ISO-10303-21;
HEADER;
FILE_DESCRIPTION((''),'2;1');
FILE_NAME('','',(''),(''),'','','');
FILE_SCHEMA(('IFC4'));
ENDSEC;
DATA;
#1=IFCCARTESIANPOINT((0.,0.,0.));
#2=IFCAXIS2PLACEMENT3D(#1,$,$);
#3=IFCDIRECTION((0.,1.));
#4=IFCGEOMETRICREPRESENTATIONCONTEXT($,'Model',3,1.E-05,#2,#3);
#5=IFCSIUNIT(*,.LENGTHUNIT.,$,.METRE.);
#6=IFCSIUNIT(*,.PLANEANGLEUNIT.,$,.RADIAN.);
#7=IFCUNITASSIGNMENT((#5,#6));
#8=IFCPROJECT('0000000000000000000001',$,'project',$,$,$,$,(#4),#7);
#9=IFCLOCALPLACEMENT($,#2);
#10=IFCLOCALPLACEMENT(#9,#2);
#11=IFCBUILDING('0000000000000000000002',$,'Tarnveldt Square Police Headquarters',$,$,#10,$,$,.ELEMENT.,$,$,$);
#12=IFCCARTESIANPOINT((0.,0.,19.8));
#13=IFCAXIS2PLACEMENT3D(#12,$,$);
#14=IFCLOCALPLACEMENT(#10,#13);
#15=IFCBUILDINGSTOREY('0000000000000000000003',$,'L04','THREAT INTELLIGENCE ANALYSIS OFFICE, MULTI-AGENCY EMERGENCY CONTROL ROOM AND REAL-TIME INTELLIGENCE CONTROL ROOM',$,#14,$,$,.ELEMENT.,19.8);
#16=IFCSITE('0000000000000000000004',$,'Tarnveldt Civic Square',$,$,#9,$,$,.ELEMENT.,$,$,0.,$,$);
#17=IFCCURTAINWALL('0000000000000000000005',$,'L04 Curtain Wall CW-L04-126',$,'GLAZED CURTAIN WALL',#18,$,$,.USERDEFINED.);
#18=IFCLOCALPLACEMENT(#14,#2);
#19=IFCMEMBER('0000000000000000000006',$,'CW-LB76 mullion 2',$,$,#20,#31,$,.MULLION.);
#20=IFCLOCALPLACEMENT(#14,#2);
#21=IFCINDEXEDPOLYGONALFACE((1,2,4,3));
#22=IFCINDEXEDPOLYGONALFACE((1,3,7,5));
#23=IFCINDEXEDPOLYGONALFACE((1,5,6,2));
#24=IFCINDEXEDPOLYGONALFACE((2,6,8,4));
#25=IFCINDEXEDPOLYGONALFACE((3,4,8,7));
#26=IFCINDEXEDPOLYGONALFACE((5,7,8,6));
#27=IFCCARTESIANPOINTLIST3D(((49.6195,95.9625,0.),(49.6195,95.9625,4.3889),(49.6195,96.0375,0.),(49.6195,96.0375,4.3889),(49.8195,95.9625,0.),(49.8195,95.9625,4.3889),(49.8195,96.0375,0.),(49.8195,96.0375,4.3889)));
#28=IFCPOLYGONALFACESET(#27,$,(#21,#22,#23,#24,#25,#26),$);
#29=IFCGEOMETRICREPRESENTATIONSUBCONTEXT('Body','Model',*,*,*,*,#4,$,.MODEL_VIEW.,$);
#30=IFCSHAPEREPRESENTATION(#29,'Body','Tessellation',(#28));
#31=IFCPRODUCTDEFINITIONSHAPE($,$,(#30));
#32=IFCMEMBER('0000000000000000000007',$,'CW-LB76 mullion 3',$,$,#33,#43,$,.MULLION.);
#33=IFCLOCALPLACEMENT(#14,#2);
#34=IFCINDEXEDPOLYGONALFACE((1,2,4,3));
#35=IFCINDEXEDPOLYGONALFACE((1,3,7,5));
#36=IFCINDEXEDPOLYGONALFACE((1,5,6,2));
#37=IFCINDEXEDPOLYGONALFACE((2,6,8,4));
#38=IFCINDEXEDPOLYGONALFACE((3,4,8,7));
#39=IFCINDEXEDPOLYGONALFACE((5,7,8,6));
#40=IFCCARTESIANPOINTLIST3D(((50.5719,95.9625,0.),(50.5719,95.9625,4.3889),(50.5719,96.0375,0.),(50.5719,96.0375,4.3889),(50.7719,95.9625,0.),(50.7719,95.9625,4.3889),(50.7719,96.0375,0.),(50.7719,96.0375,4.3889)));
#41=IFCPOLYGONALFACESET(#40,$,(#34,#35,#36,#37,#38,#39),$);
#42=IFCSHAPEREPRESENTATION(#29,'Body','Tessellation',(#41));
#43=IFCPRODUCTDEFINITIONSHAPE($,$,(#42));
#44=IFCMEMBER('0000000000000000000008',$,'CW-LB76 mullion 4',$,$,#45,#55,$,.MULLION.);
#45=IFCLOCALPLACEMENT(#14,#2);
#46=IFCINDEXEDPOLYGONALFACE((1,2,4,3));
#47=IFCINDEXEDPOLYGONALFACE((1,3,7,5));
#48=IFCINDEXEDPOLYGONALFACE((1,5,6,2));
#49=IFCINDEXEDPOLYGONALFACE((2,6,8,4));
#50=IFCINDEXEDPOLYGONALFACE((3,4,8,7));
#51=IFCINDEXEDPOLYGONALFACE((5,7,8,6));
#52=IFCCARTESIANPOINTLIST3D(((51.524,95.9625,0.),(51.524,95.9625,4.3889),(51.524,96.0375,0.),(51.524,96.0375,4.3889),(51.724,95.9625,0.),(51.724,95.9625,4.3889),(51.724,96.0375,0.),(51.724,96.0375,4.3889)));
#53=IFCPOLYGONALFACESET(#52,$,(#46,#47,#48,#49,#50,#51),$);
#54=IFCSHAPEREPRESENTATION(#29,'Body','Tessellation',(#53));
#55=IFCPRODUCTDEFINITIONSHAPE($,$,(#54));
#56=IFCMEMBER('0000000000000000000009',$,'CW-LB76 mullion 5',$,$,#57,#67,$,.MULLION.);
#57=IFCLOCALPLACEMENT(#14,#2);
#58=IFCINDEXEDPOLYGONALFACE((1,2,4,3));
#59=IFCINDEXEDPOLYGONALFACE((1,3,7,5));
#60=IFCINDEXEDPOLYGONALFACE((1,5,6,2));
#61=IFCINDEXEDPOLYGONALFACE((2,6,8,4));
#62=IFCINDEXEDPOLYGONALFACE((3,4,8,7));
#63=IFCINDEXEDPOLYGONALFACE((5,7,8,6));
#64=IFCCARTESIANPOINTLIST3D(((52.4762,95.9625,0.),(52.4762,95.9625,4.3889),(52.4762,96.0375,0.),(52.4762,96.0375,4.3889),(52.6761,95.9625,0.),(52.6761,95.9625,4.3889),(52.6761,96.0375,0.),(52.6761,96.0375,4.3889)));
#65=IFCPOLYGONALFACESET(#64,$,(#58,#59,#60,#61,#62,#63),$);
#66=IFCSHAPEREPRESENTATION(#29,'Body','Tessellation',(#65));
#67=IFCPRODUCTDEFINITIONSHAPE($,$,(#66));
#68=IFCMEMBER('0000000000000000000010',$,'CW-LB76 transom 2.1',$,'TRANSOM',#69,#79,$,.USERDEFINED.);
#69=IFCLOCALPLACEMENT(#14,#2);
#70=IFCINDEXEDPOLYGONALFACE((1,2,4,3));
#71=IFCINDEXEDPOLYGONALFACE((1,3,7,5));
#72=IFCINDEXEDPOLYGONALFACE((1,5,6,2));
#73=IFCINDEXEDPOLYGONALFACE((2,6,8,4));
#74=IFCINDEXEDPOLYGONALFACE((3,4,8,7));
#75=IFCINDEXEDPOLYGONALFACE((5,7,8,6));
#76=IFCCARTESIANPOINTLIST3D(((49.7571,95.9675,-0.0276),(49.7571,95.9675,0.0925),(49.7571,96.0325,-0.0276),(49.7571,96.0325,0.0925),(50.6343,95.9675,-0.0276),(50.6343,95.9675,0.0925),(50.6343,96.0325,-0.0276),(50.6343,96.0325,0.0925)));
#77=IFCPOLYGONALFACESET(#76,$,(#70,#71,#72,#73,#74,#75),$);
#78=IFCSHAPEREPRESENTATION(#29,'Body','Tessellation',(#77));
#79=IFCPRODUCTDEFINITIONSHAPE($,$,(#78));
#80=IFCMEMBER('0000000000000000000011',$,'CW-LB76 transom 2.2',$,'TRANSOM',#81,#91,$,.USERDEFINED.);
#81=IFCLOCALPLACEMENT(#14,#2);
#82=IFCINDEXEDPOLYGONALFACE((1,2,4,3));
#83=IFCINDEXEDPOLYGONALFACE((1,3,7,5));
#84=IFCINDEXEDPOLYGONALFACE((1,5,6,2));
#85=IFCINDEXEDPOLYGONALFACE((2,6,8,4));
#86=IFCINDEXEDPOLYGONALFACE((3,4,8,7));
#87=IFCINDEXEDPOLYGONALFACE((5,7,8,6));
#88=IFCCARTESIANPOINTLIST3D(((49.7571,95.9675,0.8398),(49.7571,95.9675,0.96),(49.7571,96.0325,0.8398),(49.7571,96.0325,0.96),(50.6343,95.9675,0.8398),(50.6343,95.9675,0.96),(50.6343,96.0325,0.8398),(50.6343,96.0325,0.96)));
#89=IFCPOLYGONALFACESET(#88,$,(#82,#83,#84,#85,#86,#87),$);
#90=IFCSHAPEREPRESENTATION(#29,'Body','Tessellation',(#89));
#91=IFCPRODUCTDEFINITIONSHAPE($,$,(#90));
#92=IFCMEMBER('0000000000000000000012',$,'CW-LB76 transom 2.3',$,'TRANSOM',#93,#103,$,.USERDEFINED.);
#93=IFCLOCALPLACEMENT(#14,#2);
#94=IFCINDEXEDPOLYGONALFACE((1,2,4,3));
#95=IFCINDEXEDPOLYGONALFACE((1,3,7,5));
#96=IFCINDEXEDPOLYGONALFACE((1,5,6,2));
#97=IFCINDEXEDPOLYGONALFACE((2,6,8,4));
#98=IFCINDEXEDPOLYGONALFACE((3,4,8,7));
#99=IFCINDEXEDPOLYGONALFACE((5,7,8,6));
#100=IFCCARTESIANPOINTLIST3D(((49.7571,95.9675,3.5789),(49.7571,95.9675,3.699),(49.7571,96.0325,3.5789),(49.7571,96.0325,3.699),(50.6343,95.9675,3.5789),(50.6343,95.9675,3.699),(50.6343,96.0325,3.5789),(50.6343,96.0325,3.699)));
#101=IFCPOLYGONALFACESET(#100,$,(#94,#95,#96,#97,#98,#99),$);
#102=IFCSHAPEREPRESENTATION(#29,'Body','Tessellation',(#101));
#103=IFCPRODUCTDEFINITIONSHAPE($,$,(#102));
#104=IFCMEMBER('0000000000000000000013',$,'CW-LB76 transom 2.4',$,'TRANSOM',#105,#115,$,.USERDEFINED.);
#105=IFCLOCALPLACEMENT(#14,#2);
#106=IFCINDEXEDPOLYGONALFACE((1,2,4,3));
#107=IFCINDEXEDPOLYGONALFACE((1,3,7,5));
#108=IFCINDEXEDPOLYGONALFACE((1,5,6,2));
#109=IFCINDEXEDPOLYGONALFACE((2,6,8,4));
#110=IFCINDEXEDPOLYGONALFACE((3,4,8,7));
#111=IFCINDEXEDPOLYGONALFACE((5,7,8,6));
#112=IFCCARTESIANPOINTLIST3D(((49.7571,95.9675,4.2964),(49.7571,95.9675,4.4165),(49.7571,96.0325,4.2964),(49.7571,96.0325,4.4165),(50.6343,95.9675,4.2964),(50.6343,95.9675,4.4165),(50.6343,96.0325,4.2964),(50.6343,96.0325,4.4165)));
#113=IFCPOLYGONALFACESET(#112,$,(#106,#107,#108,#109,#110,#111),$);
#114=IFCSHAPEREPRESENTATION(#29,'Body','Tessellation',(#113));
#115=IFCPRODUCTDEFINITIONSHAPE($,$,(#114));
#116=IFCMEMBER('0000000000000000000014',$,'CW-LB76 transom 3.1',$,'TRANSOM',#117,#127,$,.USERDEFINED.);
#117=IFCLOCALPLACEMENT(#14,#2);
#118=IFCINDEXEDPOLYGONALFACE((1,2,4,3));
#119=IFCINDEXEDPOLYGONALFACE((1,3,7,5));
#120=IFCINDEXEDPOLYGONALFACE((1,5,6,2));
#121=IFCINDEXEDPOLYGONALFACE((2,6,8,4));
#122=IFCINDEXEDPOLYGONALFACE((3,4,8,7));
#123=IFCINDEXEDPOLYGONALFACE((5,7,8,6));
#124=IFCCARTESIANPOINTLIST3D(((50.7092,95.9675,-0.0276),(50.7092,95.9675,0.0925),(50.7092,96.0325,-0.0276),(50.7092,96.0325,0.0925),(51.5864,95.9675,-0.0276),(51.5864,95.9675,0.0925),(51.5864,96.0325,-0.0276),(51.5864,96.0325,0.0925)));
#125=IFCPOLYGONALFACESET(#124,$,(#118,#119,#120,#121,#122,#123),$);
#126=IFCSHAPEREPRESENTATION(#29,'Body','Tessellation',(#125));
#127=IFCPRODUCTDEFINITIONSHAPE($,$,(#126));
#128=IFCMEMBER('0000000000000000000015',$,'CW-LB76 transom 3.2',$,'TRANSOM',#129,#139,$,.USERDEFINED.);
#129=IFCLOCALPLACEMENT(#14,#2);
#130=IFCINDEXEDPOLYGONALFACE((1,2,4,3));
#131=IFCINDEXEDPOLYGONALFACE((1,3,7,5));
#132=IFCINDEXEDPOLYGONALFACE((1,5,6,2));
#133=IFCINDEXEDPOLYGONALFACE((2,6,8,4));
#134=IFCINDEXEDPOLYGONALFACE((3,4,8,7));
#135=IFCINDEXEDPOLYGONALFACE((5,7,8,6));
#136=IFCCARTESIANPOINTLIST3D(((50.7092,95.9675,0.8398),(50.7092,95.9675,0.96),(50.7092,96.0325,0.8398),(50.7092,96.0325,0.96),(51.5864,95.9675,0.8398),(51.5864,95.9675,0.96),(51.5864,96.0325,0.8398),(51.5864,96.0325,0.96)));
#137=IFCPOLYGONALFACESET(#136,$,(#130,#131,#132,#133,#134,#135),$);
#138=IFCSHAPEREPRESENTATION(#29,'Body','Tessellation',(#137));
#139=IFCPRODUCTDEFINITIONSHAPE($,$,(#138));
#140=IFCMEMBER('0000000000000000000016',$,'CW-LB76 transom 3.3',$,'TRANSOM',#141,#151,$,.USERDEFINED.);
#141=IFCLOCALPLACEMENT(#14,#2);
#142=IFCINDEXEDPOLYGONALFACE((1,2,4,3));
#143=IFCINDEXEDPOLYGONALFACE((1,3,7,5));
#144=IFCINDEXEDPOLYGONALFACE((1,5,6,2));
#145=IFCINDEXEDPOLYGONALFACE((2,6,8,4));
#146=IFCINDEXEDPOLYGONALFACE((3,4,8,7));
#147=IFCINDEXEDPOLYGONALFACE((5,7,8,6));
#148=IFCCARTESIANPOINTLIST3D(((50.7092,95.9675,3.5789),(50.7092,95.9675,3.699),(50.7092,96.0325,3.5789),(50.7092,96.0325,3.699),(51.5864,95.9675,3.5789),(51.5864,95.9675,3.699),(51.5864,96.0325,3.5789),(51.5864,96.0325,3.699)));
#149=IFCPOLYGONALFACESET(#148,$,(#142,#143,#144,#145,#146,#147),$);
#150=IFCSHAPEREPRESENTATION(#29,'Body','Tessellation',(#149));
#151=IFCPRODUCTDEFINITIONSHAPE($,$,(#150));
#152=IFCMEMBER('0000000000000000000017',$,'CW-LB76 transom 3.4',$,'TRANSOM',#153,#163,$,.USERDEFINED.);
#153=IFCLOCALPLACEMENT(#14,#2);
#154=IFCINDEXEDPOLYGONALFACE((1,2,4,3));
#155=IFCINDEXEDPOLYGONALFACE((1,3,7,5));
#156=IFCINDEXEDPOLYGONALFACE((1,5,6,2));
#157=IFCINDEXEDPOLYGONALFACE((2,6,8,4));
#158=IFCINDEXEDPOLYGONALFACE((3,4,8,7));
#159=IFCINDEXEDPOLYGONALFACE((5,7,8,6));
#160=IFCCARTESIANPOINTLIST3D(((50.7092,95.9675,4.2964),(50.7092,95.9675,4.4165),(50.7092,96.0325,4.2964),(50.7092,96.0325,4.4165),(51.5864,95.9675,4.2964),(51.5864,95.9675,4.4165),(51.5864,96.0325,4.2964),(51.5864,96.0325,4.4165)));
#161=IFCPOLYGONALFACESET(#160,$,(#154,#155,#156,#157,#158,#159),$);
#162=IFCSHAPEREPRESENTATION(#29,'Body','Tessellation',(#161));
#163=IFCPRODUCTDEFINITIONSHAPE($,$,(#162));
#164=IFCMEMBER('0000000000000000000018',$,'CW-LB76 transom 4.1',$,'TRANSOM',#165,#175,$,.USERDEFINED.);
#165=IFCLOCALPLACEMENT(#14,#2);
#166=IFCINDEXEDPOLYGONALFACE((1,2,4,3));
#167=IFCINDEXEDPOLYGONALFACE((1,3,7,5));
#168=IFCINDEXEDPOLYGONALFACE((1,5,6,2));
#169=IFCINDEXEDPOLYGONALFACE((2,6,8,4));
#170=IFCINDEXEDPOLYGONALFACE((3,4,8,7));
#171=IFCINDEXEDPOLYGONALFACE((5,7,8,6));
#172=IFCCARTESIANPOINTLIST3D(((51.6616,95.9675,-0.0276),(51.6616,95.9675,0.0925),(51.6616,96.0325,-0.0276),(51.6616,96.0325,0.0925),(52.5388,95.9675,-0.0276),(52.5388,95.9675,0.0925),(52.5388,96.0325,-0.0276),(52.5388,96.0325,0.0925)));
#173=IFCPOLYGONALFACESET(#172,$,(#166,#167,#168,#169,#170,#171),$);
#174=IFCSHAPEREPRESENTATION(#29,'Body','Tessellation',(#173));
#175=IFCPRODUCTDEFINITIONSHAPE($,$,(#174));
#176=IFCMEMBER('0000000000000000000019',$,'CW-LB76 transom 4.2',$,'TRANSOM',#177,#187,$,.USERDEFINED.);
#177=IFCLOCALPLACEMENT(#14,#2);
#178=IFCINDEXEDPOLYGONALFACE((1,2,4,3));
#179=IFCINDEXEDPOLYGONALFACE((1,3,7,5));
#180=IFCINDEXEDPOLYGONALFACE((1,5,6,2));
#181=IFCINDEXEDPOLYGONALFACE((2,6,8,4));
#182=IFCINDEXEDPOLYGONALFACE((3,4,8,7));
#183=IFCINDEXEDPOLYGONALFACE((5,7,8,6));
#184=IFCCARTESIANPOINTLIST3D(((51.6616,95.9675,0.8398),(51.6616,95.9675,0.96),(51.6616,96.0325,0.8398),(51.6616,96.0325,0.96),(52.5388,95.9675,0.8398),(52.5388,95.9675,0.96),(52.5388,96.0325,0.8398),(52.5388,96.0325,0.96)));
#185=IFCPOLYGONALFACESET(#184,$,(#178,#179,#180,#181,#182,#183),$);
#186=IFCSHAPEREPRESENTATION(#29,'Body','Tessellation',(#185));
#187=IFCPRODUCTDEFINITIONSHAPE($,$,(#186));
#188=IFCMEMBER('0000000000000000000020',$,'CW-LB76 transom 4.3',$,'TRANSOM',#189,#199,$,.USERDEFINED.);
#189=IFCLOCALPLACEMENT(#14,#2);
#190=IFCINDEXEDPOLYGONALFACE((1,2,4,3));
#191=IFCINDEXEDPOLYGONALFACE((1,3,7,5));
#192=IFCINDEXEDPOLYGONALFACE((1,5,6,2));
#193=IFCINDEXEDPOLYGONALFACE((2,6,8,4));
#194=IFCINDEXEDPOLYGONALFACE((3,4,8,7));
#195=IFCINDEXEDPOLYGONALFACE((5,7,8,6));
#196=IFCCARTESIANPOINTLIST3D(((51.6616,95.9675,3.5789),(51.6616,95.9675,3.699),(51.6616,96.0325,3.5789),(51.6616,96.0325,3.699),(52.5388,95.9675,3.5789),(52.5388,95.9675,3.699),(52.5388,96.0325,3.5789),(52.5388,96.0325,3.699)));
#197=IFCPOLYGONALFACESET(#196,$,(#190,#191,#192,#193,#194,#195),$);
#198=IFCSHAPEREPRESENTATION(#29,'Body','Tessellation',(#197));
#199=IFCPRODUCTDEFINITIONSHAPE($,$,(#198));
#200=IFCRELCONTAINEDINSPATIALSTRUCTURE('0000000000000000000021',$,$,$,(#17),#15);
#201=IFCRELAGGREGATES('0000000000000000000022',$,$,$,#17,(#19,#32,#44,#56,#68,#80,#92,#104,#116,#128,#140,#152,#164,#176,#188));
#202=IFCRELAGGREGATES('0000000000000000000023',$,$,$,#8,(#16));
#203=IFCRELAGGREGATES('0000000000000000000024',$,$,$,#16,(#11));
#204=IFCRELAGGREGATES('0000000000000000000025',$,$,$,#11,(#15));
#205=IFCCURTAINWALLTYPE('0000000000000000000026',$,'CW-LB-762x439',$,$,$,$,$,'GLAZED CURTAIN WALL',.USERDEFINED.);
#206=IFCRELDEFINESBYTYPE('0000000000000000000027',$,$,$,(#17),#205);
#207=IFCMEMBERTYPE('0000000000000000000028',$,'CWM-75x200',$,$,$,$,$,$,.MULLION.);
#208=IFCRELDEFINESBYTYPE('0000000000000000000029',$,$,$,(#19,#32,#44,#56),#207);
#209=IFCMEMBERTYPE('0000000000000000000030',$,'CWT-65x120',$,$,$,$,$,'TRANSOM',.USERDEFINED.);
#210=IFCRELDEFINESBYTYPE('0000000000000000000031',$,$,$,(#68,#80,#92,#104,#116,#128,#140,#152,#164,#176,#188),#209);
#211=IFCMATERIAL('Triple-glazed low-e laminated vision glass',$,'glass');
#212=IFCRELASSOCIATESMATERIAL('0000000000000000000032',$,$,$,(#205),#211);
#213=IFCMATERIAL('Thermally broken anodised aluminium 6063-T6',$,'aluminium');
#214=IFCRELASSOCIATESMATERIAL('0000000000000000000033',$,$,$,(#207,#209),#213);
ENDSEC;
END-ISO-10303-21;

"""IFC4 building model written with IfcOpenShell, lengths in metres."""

from ifc_helpers import new_model, si_unit, direction, frame, origin, origin_2d, place, context, subcontext, project, spatial, rectangle, extrude, material, material_profile, profile_set, type_object, element, aggregate, save


model = new_model("IFC4")

# Units and contexts
model_context = context("Model", 3, precision=1e-05, world=origin(), true_north=direction((0.0, 1.0)))
body_context = subcontext(model_context, "Body", "Model", "MODEL_VIEW")
ifc_project = project(units=[si_unit("LENGTHUNIT", "METRE"), si_unit("PLANEANGLEUNIT", "RADIAN")], contexts=[model_context])

# Site, building, storey
site_placement = place(None, origin())
site = spatial("IfcSite", under=ifc_project, at=site_placement, Name="Tarnveldt Civic Square", CompositionType="ELEMENT", RefElevation=0.0)
building_placement = place(site_placement, origin())
building = spatial("IfcBuilding", under=site, at=building_placement, Name="Tarnveldt Square Police Headquarters", CompositionType="ELEMENT")
storey_placement = place(building_placement, frame((0.0, 0.0, 19.8)))
storey = spatial("IfcBuildingStorey", under=building, at=storey_placement, Name="L04", Description="THREAT INTELLIGENCE ANALYSIS OFFICE, MULTI-AGENCY EMERGENCY CONTROL ROOM AND REAL-TIME INTELLIGENCE CONTROL ROOM", CompositionType="ELEMENT", Elevation=19.8)

# Curtain wall, members
ifc_material_1 = material(Name="Triple-glazed low-e laminated vision glass", Category="glass")
curtain_wall_type = type_object("IfcCurtainWallType", Name="CW-LB-762x439", ElementType="GLAZED CURTAIN WALL", PredefinedType="USERDEFINED", material=ifc_material_1)
curtain_wall_placement = place(storey_placement, origin())
curtain_wall = element("IfcCurtainWall", 1, at=curtain_wall_placement, inside=storey, type_object=curtain_wall_type, Name="L04 Curtain Wall CW-L04-126", ObjectType="GLAZED CURTAIN WALL", PredefinedType="USERDEFINED")
ifc_material_2 = material(Name="Thermally broken anodised aluminium 6063-T6", Category="aluminium")
ifc_material_profile_1 = material_profile(ifc_material_2, rectangle(XDim=0.075, YDim=0.2, at=origin_2d()), Name="CW-M75x200")
ifc_profile_set_1 = profile_set([ifc_material_profile_1], Name="Thermally broken anodised aluminium 6063-T6")
member_type_1 = type_object("IfcMemberType", Name="CWM-75x200", PredefinedType="MULLION", material=ifc_profile_set_1)
member_1_placement = place(storey_placement, frame((49.7195, 96.0, 0.0), z_axis=(0.0, 0.0, 1.0), x_axis=(0.0, 1.0, 0.0)))
member_1 = element("IfcMember", 2, at=member_1_placement, type_object=member_type_1, Name="CW-LB76 mullion 2", PredefinedType="MULLION", context=body_context, shape_type="SweptSolid", body=[
    extrude(rectangle(XDim=0.075, YDim=0.2, at=origin_2d()), origin(), (0.0, 0.0, 1.0), 4.3889),
])
member_2_placement = place(storey_placement, frame((50.6719, 96.0, 0.0), z_axis=(0.0, 0.0, 1.0), x_axis=(0.0, 1.0, 0.0)))
member_2 = element("IfcMember", 3, at=member_2_placement, type_object=member_type_1, Name="CW-LB76 mullion 3", PredefinedType="MULLION", context=body_context, shape_type="SweptSolid", body=[
    extrude(rectangle(XDim=0.075, YDim=0.2, at=origin_2d()), origin(), (0.0, 0.0, 1.0), 4.3889),
])
member_3_placement = place(storey_placement, frame((51.624, 96.0, 0.0), z_axis=(0.0, 0.0, 1.0), x_axis=(0.0, 1.0, 0.0)))
member_3 = element("IfcMember", 4, at=member_3_placement, type_object=member_type_1, Name="CW-LB76 mullion 4", PredefinedType="MULLION", context=body_context, shape_type="SweptSolid", body=[
    extrude(rectangle(XDim=0.075, YDim=0.2, at=origin_2d()), origin(), (0.0, 0.0, 1.0), 4.3889),
])
member_4_placement = place(storey_placement, frame((52.5762, 96.0, 0.0), z_axis=(0.0, 0.0, 1.0), x_axis=(0.0, 1.0, 0.0)))
member_4 = element("IfcMember", 5, at=member_4_placement, type_object=member_type_1, Name="CW-LB76 mullion 5", PredefinedType="MULLION", context=body_context, shape_type="SweptSolid", body=[
    extrude(rectangle(XDim=0.075, YDim=0.2, at=origin_2d()), origin(), (0.0, 0.0, 1.0), 4.3889),
])
ifc_material_profile_2 = material_profile(ifc_material_2, rectangle(XDim=0.0649, YDim=0.1201, at=origin_2d()), Name="CW-T65x120")
ifc_profile_set_2 = profile_set([ifc_material_profile_2], Name="Thermally broken anodised aluminium 6063-T6")
member_type_2 = type_object("IfcMemberType", Name="CWT-65x120", ElementType="TRANSOM", PredefinedType="USERDEFINED", material=ifc_profile_set_2)
member_5_placement = place(storey_placement, frame((49.7571, 96.0, 0.0325), z_axis=(1.0, 0.0, 0.0), x_axis=(0.0, 1.0, 0.0)))
member_5 = element("IfcMember", 6, at=member_5_placement, type_object=member_type_2, Name="CW-LB76 transom 2.1", ObjectType="TRANSOM", PredefinedType="USERDEFINED", context=body_context, shape_type="SweptSolid", body=[
    extrude(rectangle(XDim=0.0649, YDim=0.1201, at=origin_2d()), origin(), (0.0, 0.0, 1.0), 0.8772),
])
member_6_placement = place(storey_placement, frame((49.7571, 96.0, 0.8999), z_axis=(1.0, 0.0, 0.0), x_axis=(0.0, 1.0, 0.0)))
member_6 = element("IfcMember", 7, at=member_6_placement, type_object=member_type_2, Name="CW-LB76 transom 2.2", ObjectType="TRANSOM", PredefinedType="USERDEFINED", context=body_context, shape_type="SweptSolid", body=[
    extrude(rectangle(XDim=0.0649, YDim=0.1201, at=origin_2d()), origin(), (0.0, 0.0, 1.0), 0.8772),
])
member_7_placement = place(storey_placement, frame((49.7571, 96.0, 3.6389), z_axis=(1.0, 0.0, 0.0), x_axis=(0.0, 1.0, 0.0)))
member_7 = element("IfcMember", 8, at=member_7_placement, type_object=member_type_2, Name="CW-LB76 transom 2.3", ObjectType="TRANSOM", PredefinedType="USERDEFINED", context=body_context, shape_type="SweptSolid", body=[
    extrude(rectangle(XDim=0.0649, YDim=0.1201, at=origin_2d()), origin(), (0.0, 0.0, 1.0), 0.8772),
])
member_8_placement = place(storey_placement, frame((49.7571, 96.0, 4.3564), z_axis=(1.0, 0.0, 0.0), x_axis=(0.0, 1.0, 0.0)))
member_8 = element("IfcMember", 9, at=member_8_placement, type_object=member_type_2, Name="CW-LB76 transom 2.4", ObjectType="TRANSOM", PredefinedType="USERDEFINED", context=body_context, shape_type="SweptSolid", body=[
    extrude(rectangle(XDim=0.0649, YDim=0.1201, at=origin_2d()), origin(), (0.0, 0.0, 1.0), 0.8772),
])
member_9_placement = place(storey_placement, frame((50.7092, 96.0, 0.0325), z_axis=(1.0, 0.0, 0.0), x_axis=(0.0, 1.0, 0.0)))
member_9 = element("IfcMember", 10, at=member_9_placement, type_object=member_type_2, Name="CW-LB76 transom 3.1", ObjectType="TRANSOM", PredefinedType="USERDEFINED", context=body_context, shape_type="SweptSolid", body=[
    extrude(rectangle(XDim=0.0649, YDim=0.1201, at=origin_2d()), origin(), (0.0, 0.0, 1.0), 0.8772),
])
member_10_placement = place(storey_placement, frame((50.7092, 96.0, 0.8999), z_axis=(1.0, 0.0, 0.0), x_axis=(0.0, 1.0, 0.0)))
member_10 = element("IfcMember", 11, at=member_10_placement, type_object=member_type_2, Name="CW-LB76 transom 3.2", ObjectType="TRANSOM", PredefinedType="USERDEFINED", context=body_context, shape_type="SweptSolid", body=[
    extrude(rectangle(XDim=0.0649, YDim=0.1201, at=origin_2d()), origin(), (0.0, 0.0, 1.0), 0.8772),
])
member_11_placement = place(storey_placement, frame((50.7092, 96.0, 3.6389), z_axis=(1.0, 0.0, 0.0), x_axis=(0.0, 1.0, 0.0)))
member_11 = element("IfcMember", 12, at=member_11_placement, type_object=member_type_2, Name="CW-LB76 transom 3.3", ObjectType="TRANSOM", PredefinedType="USERDEFINED", context=body_context, shape_type="SweptSolid", body=[
    extrude(rectangle(XDim=0.0649, YDim=0.1201, at=origin_2d()), origin(), (0.0, 0.0, 1.0), 0.8772),
])
member_12_placement = place(storey_placement, frame((50.7092, 96.0, 4.3564), z_axis=(1.0, 0.0, 0.0), x_axis=(0.0, 1.0, 0.0)))
member_12 = element("IfcMember", 13, at=member_12_placement, type_object=member_type_2, Name="CW-LB76 transom 3.4", ObjectType="TRANSOM", PredefinedType="USERDEFINED", context=body_context, shape_type="SweptSolid", body=[
    extrude(rectangle(XDim=0.0649, YDim=0.1201, at=origin_2d()), origin(), (0.0, 0.0, 1.0), 0.8772),
])
member_13_placement = place(storey_placement, frame((51.6616, 96.0, 0.0325), z_axis=(1.0, 0.0, 0.0), x_axis=(0.0, 1.0, 0.0)))
member_13 = element("IfcMember", 14, at=member_13_placement, type_object=member_type_2, Name="CW-LB76 transom 4.1", ObjectType="TRANSOM", PredefinedType="USERDEFINED", context=body_context, shape_type="SweptSolid", body=[
    extrude(rectangle(XDim=0.0649, YDim=0.1201, at=origin_2d()), origin(), (0.0, 0.0, 1.0), 0.8772),
])
member_14_placement = place(storey_placement, frame((51.6616, 96.0, 0.8999), z_axis=(1.0, 0.0, 0.0), x_axis=(0.0, 1.0, 0.0)))
member_14 = element("IfcMember", 15, at=member_14_placement, type_object=member_type_2, Name="CW-LB76 transom 4.2", ObjectType="TRANSOM", PredefinedType="USERDEFINED", context=body_context, shape_type="SweptSolid", body=[
    extrude(rectangle(XDim=0.0649, YDim=0.1201, at=origin_2d()), origin(), (0.0, 0.0, 1.0), 0.8772),
])
member_15_placement = place(storey_placement, frame((51.6616, 96.0, 3.6389), z_axis=(1.0, 0.0, 0.0), x_axis=(0.0, 1.0, 0.0)))
member_15 = element("IfcMember", 16, at=member_15_placement, type_object=member_type_2, Name="CW-LB76 transom 4.3", ObjectType="TRANSOM", PredefinedType="USERDEFINED", context=body_context, shape_type="SweptSolid", body=[
    extrude(rectangle(XDim=0.0649, YDim=0.1201, at=origin_2d()), origin(), (0.0, 0.0, 1.0), 0.8772),
])

aggregate(curtain_wall, [member_1, member_2, member_3, member_4, member_5, member_6, member_7, member_8, member_9, member_10, member_11, member_12, member_13, member_14, member_15])

save(model, "model.ifc")
